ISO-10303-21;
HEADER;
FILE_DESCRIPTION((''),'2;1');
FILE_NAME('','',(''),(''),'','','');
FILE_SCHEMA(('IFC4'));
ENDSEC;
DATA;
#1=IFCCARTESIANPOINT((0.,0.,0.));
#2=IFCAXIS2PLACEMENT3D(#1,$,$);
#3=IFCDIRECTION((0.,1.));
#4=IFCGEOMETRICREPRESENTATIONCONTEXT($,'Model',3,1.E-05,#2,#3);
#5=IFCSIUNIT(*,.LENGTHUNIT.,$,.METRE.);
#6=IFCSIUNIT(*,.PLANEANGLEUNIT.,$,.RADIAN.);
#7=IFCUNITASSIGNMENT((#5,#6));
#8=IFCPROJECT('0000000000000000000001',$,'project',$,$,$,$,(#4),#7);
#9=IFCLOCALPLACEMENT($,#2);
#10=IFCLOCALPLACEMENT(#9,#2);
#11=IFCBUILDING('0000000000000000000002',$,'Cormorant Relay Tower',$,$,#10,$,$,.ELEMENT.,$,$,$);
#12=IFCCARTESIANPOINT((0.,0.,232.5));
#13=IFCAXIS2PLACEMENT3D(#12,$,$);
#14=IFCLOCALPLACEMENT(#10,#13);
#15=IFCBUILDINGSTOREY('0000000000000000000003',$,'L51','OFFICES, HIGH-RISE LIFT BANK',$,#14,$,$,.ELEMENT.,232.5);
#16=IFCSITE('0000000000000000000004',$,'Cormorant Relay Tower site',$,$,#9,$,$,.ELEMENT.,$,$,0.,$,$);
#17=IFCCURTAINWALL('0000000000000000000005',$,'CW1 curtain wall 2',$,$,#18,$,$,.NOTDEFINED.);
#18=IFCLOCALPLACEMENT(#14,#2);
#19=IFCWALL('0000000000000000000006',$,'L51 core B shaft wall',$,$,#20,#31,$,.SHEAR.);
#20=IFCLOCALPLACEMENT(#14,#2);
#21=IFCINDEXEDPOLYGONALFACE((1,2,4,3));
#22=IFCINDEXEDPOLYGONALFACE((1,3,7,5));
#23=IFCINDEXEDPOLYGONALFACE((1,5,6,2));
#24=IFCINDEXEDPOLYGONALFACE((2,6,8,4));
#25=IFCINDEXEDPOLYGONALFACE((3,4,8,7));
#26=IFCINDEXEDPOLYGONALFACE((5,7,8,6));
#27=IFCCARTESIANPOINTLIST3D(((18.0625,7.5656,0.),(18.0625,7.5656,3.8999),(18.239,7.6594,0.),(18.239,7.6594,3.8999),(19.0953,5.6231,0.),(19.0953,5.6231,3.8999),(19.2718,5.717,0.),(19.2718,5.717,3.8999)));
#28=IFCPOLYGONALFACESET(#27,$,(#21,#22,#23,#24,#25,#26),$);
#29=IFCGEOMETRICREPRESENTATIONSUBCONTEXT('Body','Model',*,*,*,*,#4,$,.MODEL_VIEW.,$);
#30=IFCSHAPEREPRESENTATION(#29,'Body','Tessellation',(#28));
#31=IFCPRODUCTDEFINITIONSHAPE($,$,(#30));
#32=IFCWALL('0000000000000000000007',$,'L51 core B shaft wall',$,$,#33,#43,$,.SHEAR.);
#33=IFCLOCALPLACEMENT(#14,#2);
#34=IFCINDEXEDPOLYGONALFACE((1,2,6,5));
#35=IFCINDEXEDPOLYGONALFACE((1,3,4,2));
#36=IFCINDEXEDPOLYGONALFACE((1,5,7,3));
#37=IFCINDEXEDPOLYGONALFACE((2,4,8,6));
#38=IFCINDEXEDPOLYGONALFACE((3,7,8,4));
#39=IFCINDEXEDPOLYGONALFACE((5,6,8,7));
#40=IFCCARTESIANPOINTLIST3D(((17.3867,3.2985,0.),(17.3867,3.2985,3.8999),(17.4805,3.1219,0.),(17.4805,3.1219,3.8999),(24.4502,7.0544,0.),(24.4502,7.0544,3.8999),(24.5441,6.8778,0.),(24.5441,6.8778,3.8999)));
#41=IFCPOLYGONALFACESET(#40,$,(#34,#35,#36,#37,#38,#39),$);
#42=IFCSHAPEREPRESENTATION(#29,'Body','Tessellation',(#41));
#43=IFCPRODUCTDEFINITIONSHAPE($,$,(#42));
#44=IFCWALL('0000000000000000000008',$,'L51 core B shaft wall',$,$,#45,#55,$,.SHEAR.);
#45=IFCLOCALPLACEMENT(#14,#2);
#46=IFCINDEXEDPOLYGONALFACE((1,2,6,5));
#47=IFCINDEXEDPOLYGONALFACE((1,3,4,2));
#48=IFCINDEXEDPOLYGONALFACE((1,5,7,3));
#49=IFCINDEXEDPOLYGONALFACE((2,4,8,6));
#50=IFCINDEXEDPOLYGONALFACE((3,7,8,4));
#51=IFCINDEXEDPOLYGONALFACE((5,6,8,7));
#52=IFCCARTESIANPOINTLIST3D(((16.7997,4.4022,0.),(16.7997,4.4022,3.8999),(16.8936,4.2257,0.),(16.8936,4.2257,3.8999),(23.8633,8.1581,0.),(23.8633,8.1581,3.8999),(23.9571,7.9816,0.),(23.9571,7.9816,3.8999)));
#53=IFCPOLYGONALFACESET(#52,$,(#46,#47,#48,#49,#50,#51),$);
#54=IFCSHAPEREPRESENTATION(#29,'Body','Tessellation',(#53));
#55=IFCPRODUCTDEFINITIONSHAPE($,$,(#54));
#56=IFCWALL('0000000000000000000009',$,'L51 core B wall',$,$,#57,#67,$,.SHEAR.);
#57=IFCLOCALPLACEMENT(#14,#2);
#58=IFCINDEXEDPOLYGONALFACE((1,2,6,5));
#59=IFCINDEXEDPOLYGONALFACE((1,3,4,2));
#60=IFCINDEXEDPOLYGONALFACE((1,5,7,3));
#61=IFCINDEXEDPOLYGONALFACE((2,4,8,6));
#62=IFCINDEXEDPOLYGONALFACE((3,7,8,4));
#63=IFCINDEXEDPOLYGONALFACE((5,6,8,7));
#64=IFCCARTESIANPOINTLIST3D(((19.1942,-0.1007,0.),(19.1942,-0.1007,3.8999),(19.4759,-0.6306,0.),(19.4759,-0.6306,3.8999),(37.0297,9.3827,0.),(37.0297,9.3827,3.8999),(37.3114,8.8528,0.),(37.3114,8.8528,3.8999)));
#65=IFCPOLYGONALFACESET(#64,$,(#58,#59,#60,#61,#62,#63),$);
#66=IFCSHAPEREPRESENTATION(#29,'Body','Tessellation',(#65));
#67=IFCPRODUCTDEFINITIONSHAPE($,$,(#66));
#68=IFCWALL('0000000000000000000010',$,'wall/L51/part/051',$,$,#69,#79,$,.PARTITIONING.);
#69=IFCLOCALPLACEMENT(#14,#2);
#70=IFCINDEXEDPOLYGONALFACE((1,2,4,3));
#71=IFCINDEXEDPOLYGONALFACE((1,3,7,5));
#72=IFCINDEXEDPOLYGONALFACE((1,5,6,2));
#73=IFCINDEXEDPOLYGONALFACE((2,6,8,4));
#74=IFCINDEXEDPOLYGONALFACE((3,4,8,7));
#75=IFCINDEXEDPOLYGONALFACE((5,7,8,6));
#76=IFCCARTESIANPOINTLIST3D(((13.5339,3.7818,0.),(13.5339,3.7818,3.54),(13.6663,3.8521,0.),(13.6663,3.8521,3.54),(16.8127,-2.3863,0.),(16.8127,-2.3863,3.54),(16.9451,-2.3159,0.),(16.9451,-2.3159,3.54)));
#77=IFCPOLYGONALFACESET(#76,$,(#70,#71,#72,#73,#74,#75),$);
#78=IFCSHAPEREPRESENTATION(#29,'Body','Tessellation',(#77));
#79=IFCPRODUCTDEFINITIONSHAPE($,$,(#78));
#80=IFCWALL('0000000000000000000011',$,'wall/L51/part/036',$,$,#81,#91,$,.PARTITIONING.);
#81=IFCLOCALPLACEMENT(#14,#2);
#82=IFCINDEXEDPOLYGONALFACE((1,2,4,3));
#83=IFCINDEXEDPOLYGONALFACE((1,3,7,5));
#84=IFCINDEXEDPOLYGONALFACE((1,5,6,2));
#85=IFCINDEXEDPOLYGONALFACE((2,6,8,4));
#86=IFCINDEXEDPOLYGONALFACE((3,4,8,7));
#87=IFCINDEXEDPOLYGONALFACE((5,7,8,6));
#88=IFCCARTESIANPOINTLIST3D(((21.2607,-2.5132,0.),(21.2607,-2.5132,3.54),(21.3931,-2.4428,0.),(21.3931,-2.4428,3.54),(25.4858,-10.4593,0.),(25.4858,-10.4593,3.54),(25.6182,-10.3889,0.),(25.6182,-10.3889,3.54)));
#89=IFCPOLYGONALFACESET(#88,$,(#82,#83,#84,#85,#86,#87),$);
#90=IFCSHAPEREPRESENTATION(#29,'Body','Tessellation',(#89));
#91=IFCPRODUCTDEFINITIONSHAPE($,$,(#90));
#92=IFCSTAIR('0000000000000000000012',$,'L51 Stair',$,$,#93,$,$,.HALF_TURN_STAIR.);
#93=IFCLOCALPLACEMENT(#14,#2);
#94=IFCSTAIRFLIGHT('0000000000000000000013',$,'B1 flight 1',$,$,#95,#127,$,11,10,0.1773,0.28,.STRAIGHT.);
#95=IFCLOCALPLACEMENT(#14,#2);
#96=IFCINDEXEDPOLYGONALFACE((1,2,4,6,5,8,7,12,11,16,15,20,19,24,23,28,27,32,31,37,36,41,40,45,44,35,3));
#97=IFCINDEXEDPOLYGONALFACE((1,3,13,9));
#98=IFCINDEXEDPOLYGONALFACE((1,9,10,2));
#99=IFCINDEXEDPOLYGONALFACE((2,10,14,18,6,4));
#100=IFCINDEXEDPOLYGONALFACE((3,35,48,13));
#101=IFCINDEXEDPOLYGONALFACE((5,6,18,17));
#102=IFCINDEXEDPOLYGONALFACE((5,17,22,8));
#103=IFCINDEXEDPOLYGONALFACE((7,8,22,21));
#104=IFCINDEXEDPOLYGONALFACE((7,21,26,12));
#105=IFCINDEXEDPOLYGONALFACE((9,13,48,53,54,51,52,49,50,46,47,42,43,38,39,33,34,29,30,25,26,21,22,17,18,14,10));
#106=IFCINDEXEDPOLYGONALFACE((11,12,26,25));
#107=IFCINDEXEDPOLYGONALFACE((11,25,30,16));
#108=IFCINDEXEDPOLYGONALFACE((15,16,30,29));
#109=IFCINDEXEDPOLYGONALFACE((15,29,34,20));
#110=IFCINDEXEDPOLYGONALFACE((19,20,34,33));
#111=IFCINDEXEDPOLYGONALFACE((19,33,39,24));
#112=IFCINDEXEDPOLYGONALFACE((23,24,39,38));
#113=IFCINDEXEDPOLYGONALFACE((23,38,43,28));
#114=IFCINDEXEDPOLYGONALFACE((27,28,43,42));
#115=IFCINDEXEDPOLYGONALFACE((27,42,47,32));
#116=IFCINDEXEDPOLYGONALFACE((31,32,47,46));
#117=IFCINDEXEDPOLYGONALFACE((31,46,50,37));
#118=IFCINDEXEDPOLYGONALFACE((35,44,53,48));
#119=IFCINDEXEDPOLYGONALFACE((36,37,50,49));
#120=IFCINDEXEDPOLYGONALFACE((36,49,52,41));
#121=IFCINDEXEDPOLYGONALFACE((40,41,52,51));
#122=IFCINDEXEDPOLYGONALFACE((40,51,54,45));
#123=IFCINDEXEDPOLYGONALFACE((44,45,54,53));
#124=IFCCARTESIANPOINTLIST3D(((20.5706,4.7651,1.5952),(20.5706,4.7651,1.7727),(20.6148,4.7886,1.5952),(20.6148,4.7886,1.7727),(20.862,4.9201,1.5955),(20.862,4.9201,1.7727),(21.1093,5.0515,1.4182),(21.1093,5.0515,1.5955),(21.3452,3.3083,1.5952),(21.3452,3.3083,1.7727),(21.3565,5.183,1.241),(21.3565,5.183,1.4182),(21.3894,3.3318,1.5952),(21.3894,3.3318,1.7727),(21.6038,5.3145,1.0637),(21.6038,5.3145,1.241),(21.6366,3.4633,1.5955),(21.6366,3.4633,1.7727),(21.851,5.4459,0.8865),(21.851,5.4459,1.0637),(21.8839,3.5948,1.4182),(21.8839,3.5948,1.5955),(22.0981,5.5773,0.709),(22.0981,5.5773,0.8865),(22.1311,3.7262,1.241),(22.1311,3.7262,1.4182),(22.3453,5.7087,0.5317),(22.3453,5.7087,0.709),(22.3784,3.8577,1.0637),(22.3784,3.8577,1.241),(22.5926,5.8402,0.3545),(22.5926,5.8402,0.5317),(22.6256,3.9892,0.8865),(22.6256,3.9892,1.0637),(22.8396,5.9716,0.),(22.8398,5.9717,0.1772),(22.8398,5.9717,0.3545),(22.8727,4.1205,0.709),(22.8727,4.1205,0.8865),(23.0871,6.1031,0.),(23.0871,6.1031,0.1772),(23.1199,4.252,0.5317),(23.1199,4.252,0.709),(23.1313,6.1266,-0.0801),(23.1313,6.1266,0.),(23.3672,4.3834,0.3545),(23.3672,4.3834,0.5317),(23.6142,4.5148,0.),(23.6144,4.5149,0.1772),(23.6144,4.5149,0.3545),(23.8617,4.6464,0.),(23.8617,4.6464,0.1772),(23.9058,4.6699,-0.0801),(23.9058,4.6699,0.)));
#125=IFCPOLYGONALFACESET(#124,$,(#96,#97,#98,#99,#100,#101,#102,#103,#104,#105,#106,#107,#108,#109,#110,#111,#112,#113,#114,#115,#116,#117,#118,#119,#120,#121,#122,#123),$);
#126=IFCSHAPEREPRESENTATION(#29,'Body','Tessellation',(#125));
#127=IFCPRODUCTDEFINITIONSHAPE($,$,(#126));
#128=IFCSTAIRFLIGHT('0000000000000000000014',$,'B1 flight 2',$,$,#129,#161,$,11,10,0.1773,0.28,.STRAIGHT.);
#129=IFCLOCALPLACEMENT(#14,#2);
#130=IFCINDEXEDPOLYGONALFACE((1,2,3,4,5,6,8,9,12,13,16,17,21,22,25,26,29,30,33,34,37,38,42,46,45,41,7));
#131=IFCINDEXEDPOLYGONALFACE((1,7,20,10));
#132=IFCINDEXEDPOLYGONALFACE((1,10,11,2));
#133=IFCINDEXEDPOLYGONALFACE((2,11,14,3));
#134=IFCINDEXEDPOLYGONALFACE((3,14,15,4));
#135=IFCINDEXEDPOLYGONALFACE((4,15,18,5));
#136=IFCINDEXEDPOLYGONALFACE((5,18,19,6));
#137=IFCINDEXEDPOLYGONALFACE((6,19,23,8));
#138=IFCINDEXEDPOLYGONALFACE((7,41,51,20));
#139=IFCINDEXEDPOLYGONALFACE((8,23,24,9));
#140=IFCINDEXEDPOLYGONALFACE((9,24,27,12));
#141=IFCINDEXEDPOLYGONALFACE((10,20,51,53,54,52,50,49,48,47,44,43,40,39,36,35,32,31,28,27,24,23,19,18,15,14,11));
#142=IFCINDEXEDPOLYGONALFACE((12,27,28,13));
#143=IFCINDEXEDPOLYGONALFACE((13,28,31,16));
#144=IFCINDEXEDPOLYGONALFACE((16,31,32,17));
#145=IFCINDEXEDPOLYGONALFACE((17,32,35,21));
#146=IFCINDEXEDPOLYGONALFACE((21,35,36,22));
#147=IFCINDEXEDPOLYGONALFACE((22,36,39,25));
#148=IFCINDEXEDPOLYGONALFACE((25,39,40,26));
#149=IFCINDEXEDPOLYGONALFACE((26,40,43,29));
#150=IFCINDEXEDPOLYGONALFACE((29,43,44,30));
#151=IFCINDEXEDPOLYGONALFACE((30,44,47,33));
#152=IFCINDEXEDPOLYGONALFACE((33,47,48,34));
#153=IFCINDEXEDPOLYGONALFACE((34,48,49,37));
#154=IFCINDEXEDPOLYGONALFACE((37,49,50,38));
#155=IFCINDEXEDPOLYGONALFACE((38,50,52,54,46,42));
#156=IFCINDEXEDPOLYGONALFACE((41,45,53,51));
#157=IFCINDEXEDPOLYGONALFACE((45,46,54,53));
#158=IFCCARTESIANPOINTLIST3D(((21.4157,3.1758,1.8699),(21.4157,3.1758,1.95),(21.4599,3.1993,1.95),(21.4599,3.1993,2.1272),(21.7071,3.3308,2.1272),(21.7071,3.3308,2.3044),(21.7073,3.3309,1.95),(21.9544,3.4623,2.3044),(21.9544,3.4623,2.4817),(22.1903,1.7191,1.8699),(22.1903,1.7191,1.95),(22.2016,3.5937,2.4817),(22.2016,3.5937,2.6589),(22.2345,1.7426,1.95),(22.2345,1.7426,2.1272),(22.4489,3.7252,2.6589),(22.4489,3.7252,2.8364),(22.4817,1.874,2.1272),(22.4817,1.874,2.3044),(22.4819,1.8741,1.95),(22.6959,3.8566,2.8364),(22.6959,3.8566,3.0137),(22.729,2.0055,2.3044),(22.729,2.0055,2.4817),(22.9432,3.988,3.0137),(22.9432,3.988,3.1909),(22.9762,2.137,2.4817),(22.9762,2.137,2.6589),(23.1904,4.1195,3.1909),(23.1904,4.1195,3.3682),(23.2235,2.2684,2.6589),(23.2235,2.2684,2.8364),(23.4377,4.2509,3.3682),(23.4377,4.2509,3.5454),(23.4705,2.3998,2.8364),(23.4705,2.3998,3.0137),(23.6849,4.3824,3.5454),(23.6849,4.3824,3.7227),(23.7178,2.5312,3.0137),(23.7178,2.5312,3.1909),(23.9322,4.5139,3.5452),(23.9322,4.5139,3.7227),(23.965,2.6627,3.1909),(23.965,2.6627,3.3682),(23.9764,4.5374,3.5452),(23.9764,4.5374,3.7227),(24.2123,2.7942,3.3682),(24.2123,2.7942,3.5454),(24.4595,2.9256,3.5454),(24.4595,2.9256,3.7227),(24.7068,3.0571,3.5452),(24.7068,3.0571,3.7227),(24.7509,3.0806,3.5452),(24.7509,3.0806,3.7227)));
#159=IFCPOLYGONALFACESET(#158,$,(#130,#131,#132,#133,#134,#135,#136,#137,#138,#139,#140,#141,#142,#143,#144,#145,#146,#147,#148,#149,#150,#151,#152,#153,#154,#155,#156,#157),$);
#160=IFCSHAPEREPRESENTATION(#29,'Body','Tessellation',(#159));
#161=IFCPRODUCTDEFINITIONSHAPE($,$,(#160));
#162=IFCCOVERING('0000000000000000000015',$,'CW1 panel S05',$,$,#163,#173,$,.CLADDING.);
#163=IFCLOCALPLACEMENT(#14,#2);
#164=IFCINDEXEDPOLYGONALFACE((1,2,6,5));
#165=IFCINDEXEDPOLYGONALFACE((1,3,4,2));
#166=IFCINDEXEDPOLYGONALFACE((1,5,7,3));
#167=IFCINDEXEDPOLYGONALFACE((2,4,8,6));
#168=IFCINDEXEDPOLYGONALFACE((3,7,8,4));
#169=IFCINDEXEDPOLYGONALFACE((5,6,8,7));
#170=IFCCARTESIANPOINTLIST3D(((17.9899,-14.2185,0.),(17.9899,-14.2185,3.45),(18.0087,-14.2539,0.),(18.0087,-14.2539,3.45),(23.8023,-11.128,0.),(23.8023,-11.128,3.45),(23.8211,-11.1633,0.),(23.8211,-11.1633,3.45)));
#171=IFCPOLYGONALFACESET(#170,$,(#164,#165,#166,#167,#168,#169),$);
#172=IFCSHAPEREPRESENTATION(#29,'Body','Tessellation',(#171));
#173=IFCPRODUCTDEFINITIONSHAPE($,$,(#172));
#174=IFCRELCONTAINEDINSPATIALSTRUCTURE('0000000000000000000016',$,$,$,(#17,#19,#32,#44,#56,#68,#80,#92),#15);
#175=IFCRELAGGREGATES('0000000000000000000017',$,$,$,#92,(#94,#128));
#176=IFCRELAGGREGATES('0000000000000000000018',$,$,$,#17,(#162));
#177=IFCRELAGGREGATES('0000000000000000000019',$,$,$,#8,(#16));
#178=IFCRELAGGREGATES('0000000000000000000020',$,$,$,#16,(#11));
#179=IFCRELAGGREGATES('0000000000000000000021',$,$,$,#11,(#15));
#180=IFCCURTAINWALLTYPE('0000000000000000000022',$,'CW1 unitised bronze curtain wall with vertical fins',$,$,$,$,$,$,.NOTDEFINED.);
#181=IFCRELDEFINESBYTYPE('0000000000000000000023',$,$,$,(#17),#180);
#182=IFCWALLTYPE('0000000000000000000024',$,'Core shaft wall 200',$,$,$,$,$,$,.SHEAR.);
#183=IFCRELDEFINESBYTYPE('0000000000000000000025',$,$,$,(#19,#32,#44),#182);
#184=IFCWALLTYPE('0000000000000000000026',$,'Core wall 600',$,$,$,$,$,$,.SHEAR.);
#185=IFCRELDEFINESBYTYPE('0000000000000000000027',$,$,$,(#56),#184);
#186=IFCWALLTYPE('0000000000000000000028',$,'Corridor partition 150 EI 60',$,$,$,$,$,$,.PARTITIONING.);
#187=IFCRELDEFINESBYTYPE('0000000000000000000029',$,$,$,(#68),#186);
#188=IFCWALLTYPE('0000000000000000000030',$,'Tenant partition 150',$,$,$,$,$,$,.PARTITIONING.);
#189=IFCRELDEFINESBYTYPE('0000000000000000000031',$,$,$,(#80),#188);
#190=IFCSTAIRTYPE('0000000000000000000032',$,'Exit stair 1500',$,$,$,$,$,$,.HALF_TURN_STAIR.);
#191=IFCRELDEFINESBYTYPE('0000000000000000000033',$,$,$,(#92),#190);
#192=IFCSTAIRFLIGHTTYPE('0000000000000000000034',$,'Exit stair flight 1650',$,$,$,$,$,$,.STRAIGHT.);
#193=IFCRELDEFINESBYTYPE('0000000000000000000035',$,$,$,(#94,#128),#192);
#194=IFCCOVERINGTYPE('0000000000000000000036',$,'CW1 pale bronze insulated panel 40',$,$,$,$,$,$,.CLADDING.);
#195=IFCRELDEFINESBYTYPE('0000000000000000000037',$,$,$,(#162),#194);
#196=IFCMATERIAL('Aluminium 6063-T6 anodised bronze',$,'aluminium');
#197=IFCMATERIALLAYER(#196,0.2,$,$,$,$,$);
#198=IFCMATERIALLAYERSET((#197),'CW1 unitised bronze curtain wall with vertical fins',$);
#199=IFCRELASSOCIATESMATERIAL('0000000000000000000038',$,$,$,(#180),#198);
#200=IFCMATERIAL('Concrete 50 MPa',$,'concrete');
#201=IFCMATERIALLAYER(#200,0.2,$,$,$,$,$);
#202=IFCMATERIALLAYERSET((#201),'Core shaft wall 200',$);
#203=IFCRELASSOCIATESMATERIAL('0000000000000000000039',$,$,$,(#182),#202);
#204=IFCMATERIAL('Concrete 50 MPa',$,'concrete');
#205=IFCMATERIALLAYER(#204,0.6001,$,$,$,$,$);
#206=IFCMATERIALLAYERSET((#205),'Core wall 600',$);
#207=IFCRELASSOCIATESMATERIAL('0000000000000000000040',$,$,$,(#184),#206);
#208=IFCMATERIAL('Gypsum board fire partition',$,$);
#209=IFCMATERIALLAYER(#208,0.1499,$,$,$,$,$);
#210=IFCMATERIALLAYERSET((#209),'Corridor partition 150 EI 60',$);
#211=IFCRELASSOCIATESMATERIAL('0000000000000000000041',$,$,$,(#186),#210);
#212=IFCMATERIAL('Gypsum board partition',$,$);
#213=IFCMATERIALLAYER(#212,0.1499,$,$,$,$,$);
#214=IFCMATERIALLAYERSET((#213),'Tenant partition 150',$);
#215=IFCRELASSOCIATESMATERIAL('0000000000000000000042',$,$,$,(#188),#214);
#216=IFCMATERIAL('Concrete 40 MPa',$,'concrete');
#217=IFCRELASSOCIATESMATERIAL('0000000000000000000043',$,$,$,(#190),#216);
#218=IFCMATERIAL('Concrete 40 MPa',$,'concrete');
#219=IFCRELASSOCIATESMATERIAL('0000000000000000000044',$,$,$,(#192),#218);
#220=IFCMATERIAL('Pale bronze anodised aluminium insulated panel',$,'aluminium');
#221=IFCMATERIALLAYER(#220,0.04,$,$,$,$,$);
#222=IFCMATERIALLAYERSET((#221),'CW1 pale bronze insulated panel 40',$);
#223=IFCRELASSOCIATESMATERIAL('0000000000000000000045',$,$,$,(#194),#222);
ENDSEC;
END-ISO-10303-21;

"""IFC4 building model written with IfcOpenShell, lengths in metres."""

from ifc_helpers import new_model, si_unit, direction, frame, frame_2d, origin, origin_2d, place, context, subcontext, project, spatial, polyline, rectangle, outline, extrude, material, layer, layer_set, type_object, element, aggregate, save


model = new_model("IFC4")

# Units and contexts
model_context = context("Model", 3, precision=1e-05, world=origin(), true_north=direction((0.0, 1.0)))
body_context = subcontext(model_context, "Body", "Model", "MODEL_VIEW")
ifc_project = project(units=[si_unit("LENGTHUNIT", "METRE"), si_unit("PLANEANGLEUNIT", "RADIAN")], contexts=[model_context])

# Site, building, storey
site_placement = place(None, origin())
site = spatial("IfcSite", under=ifc_project, at=site_placement, Name="Cormorant Relay Tower site", CompositionType="ELEMENT", RefElevation=0.0)
building_placement = place(site_placement, origin())
building = spatial("IfcBuilding", under=site, at=building_placement, Name="Cormorant Relay Tower", CompositionType="ELEMENT")
storey_placement = place(building_placement, frame((0.0, 0.0, 232.5)))
storey = spatial("IfcBuildingStorey", under=building, at=storey_placement, Name="L51", Description="OFFICES, HIGH-RISE LIFT BANK", CompositionType="ELEMENT", Elevation=232.5)

# Curtain wall
ifc_material_1 = material(Name="Aluminium 6063-T6 anodised bronze", Category="aluminium")
ifc_layer_1 = layer(ifc_material_1, 0.2)
ifc_layer_set_1 = layer_set([ifc_layer_1], Name="CW1 unitised bronze curtain wall with vertical fins")
curtain_wall_type = type_object("IfcCurtainWallType", Name="CW1 unitised bronze curtain wall with vertical fins", PredefinedType="NOTDEFINED", material=ifc_layer_set_1)
curtain_wall_placement = place(storey_placement, origin())
curtain_wall = element("IfcCurtainWall", 1, at=curtain_wall_placement, inside=storey, type_object=curtain_wall_type, Name="CW1 curtain wall 2", PredefinedType="NOTDEFINED")

# Walls
ifc_material_2 = material(Name="Concrete 50 MPa", Category="concrete")
ifc_layer_2 = layer(ifc_material_2, 0.2)
ifc_layer_set_2 = layer_set([ifc_layer_2], Name="Core shaft wall 200")
wall_type_1 = type_object("IfcWallType", Name="Core shaft wall 200", PredefinedType="SHEAR", material=ifc_layer_set_2)
wall_1_placement = place(storey_placement, frame((19.1836, 5.6699, 0.0), z_axis=(0.0, 0.0, 1.0), x_axis=(-0.469447, 0.88296, 0.0)))
element("IfcWall", 2, at=wall_1_placement, inside=storey, type_object=wall_type_1, Name="L51 core B shaft wall", PredefinedType="SHEAR", context=body_context, shape_type="SweptSolid", body=[
    extrude(rectangle(XDim=2.2, YDim=0.2, at=frame_2d((1.1001, 0.0))), origin(), (0.0, 0.0, 1.0), 3.8999),
])
for number, where, z_axis, x_axis, name in (
    (3, (17.4336, 3.2102, 0.0), (0.0, 0.0, 1.0), (0.88294, 0.469485, 0.0), "L51 core B shaft wall"),
    (4, (16.8467, 4.314, 0.0), (0.0, 0.0, 1.0), (0.88294, 0.469485, 0.0), "L51 core B shaft wall"),
):
    element("IfcWall", number, at=place(storey_placement, frame(where, z_axis=z_axis, x_axis=x_axis)), inside=storey, type_object=wall_type_1, Name=name, PredefinedType="SHEAR", context=body_context, shape_type="SweptSolid", body=[
        extrude(rectangle(XDim=8.0, YDim=0.2, at=frame_2d((4.0, 0.0))), origin(), (0.0, 0.0, 1.0), 3.8999),
    ])

# Shared definitions
ifc_material_3 = material(Name="Concrete 50 MPa", Category="concrete")
ifc_layer_3 = layer(ifc_material_3, 0.6001)
ifc_layer_set_3 = layer_set([ifc_layer_3], Name="Core wall 600")
wall_type_2 = type_object("IfcWallType", Name="Core wall 600", PredefinedType="SHEAR", material=ifc_layer_set_3)

# Walls
wall_2_placement = place(storey_placement, frame((19.335, -0.3657, 0.0), z_axis=(0.0, 0.0, 1.0), x_axis=(0.882945, 0.469476, 0.0)))
element("IfcWall", 5, at=wall_2_placement, inside=storey, type_object=wall_type_2, Name="L51 core B wall", PredefinedType="SHEAR", context=body_context, shape_type="SweptSolid", body=[
    extrude(rectangle(XDim=20.2, YDim=0.6001, at=frame_2d((10.1001, 0.0))), origin(), (0.0, 0.0, 1.0), 3.8999),
])
ifc_material_4 = material(Name="Gypsum board fire partition")
ifc_layer_4 = layer(ifc_material_4, 0.1499)
ifc_layer_set_4 = layer_set([ifc_layer_4], Name="Corridor partition 150 EI 60")
wall_type_3 = type_object("IfcWallType", Name="Corridor partition 150 EI 60", PredefinedType="PARTITIONING", material=ifc_layer_set_4)
wall_3_placement = place(storey_placement, frame((16.8789, -2.3511, 0.0), z_axis=(0.0, 0.0, 1.0), x_axis=(-0.469387, 0.882993, 0.0)))
element("IfcWall", 6, at=wall_3_placement, inside=storey, type_object=wall_type_3, Name="wall/L51/part/051", PredefinedType="PARTITIONING", context=body_context, shape_type="SweptSolid", body=[
    extrude(rectangle(XDim=6.9854, YDim=0.1499, at=frame_2d((3.4927, 0.0))), origin(), (0.0, 0.0, 1.0), 3.54),
])
ifc_material_5 = material(Name="Gypsum board partition")
ifc_layer_5 = layer(ifc_material_5, 0.1499)
ifc_layer_set_5 = layer_set([ifc_layer_5], Name="Tenant partition 150")
wall_type_4 = type_object("IfcWallType", Name="Tenant partition 150", PredefinedType="PARTITIONING", material=ifc_layer_set_5)
wall_4_placement = place(storey_placement, frame((21.3269, -2.478, 0.0), z_axis=(0.0, 0.0, 1.0), x_axis=(0.469481, -0.882942, 0.0)))
element("IfcWall", 7, at=wall_4_placement, inside=storey, type_object=wall_type_4, Name="wall/L51/part/036", PredefinedType="PARTITIONING", context=body_context, shape_type="SweptSolid", body=[
    extrude(rectangle(XDim=8.9995, YDim=0.1499, at=frame_2d((4.4998, 0.0))), origin(), (0.0, 0.0, 1.0), 3.54),
])

# Stair, stair flights
ifc_material_6 = material(Name="Concrete 40 MPa", Category="concrete")
stair_type = type_object("IfcStairType", Name="Exit stair 1500", PredefinedType="HALF_TURN_STAIR", material=ifc_material_6)
stair_placement = place(storey_placement, origin())
stair = element("IfcStair", 8, at=stair_placement, inside=storey, type_object=stair_type, Name="L51 Stair", PredefinedType="HALF_TURN_STAIR")
ifc_material_7 = material(Name="Concrete 40 MPa", Category="concrete")
stair_flight_type = type_object("IfcStairFlightType", Name="Exit stair flight 1650", PredefinedType="STRAIGHT", material=ifc_material_7)
stair_flight_1_placement = place(storey_placement, frame((23.4744, 5.3748, 0.0), z_axis=(0.0, 0.0, 1.0), x_axis=(-0.882948, -0.469472, 0.0)))
stair_flight_1 = element("IfcStairFlight", 9, at=stair_flight_1_placement, type_object=stair_flight_type, Name="B1 flight 1", NumberOfRisers=11, NumberOfTreads=10, PredefinedType="STRAIGHT", RiserHeight=0.1773, TreadLength=0.28, context=body_context, shape_type="SweptSolid", body=[
    extrude(outline(polyline([(-0.05, -0.0801), (-0.05, 0.0), (0.0, 0.0), (0.0, 0.1772), (0.28, 0.1772), (0.28, 0.3545), (0.5601, 0.3545), (0.5601, 0.5317), (0.8401, 0.5317), (0.8401, 0.709), (1.1201, 0.709), (1.1201, 0.8865), (1.3999, 0.8865), (1.3999, 1.0637), (1.6799, 1.0637), (1.6799, 1.241), (1.96, 1.241), (1.96, 1.4182), (2.24, 1.4182), (2.24, 1.5955), (2.52, 1.5955), (2.52, 1.7727), (2.8, 1.7727), (2.8501, 1.7727), (2.8501, 1.5952), (2.8, 1.5952), (0.2803, 0.0), (-0.05, -0.0801)])), frame((0.0, 0.825, 0.0), z_axis=(0.0, -1.0, 0.0), x_axis=(1.0, 0.0, 0.0)), (0.0, 0.0, 1.0), 1.6499),
])
stair_flight_2_placement = place(storey_placement, frame((21.8472, 2.4709, 1.95), z_axis=(0.0, 0.0, 1.0), x_axis=(0.882948, 0.469472, 0.0)))
stair_flight_2 = element("IfcStairFlight", 10, at=stair_flight_2_placement, type_object=stair_flight_type, Name="B1 flight 2", NumberOfRisers=11, NumberOfTreads=10, PredefinedType="STRAIGHT", RiserHeight=0.1773, TreadLength=0.28, context=body_context, shape_type="SweptSolid", body=[
    extrude(outline(polyline([(-0.05, -0.0801), (-0.05, 0.0), (0.0, 0.0), (0.0, 0.1772), (0.28, 0.1772), (0.28, 0.3545), (0.5601, 0.3545), (0.5601, 0.5317), (0.8401, 0.5317), (0.8401, 0.709), (1.1201, 0.709), (1.1201, 0.8865), (1.3999, 0.8865), (1.3999, 1.0637), (1.6799, 1.0637), (1.6799, 1.241), (1.96, 1.241), (1.96, 1.4182), (2.24, 1.4182), (2.24, 1.5955), (2.52, 1.5955), (2.52, 1.7727), (2.8, 1.7727), (2.8501, 1.7727), (2.8501, 1.5952), (2.8, 1.5952), (0.2803, 0.0), (-0.05, -0.0801)])), frame((0.0, 0.825, 0.0), z_axis=(0.0, -1.0, 0.0), x_axis=(1.0, 0.0, 0.0)), (0.0, 0.0, 1.0), 1.6499),
])
aggregate(stair, [stair_flight_1, stair_flight_2])

# Covering
ifc_material_8 = material(Name="Pale bronze anodised aluminium insulated panel", Category="aluminium")
ifc_layer_6 = layer(ifc_material_8, 0.04)
ifc_layer_set_6 = layer_set([ifc_layer_6], Name="CW1 pale bronze insulated panel 40")
covering_type = type_object("IfcCoveringType", Name="CW1 pale bronze insulated panel 40", PredefinedType="CLADDING", material=ifc_layer_set_6)
covering_placement = place(storey_placement, frame((20.9055, -12.6909, 0.0), z_axis=(0.0, 0.0, 1.0), x_axis=(0.882948, 0.469472, 0.0)))
covering = element("IfcCovering", 11, at=covering_placement, type_object=covering_type, Name="CW1 panel S05", PredefinedType="CLADDING", context=body_context, shape_type="SweptSolid", body=[
    extrude(rectangle(XDim=6.583, YDim=0.04, at=origin_2d()), origin(), (0.0, 0.0, 1.0), 3.45),
])
aggregate(curtain_wall, [covering])

save(model, "model.ifc")
